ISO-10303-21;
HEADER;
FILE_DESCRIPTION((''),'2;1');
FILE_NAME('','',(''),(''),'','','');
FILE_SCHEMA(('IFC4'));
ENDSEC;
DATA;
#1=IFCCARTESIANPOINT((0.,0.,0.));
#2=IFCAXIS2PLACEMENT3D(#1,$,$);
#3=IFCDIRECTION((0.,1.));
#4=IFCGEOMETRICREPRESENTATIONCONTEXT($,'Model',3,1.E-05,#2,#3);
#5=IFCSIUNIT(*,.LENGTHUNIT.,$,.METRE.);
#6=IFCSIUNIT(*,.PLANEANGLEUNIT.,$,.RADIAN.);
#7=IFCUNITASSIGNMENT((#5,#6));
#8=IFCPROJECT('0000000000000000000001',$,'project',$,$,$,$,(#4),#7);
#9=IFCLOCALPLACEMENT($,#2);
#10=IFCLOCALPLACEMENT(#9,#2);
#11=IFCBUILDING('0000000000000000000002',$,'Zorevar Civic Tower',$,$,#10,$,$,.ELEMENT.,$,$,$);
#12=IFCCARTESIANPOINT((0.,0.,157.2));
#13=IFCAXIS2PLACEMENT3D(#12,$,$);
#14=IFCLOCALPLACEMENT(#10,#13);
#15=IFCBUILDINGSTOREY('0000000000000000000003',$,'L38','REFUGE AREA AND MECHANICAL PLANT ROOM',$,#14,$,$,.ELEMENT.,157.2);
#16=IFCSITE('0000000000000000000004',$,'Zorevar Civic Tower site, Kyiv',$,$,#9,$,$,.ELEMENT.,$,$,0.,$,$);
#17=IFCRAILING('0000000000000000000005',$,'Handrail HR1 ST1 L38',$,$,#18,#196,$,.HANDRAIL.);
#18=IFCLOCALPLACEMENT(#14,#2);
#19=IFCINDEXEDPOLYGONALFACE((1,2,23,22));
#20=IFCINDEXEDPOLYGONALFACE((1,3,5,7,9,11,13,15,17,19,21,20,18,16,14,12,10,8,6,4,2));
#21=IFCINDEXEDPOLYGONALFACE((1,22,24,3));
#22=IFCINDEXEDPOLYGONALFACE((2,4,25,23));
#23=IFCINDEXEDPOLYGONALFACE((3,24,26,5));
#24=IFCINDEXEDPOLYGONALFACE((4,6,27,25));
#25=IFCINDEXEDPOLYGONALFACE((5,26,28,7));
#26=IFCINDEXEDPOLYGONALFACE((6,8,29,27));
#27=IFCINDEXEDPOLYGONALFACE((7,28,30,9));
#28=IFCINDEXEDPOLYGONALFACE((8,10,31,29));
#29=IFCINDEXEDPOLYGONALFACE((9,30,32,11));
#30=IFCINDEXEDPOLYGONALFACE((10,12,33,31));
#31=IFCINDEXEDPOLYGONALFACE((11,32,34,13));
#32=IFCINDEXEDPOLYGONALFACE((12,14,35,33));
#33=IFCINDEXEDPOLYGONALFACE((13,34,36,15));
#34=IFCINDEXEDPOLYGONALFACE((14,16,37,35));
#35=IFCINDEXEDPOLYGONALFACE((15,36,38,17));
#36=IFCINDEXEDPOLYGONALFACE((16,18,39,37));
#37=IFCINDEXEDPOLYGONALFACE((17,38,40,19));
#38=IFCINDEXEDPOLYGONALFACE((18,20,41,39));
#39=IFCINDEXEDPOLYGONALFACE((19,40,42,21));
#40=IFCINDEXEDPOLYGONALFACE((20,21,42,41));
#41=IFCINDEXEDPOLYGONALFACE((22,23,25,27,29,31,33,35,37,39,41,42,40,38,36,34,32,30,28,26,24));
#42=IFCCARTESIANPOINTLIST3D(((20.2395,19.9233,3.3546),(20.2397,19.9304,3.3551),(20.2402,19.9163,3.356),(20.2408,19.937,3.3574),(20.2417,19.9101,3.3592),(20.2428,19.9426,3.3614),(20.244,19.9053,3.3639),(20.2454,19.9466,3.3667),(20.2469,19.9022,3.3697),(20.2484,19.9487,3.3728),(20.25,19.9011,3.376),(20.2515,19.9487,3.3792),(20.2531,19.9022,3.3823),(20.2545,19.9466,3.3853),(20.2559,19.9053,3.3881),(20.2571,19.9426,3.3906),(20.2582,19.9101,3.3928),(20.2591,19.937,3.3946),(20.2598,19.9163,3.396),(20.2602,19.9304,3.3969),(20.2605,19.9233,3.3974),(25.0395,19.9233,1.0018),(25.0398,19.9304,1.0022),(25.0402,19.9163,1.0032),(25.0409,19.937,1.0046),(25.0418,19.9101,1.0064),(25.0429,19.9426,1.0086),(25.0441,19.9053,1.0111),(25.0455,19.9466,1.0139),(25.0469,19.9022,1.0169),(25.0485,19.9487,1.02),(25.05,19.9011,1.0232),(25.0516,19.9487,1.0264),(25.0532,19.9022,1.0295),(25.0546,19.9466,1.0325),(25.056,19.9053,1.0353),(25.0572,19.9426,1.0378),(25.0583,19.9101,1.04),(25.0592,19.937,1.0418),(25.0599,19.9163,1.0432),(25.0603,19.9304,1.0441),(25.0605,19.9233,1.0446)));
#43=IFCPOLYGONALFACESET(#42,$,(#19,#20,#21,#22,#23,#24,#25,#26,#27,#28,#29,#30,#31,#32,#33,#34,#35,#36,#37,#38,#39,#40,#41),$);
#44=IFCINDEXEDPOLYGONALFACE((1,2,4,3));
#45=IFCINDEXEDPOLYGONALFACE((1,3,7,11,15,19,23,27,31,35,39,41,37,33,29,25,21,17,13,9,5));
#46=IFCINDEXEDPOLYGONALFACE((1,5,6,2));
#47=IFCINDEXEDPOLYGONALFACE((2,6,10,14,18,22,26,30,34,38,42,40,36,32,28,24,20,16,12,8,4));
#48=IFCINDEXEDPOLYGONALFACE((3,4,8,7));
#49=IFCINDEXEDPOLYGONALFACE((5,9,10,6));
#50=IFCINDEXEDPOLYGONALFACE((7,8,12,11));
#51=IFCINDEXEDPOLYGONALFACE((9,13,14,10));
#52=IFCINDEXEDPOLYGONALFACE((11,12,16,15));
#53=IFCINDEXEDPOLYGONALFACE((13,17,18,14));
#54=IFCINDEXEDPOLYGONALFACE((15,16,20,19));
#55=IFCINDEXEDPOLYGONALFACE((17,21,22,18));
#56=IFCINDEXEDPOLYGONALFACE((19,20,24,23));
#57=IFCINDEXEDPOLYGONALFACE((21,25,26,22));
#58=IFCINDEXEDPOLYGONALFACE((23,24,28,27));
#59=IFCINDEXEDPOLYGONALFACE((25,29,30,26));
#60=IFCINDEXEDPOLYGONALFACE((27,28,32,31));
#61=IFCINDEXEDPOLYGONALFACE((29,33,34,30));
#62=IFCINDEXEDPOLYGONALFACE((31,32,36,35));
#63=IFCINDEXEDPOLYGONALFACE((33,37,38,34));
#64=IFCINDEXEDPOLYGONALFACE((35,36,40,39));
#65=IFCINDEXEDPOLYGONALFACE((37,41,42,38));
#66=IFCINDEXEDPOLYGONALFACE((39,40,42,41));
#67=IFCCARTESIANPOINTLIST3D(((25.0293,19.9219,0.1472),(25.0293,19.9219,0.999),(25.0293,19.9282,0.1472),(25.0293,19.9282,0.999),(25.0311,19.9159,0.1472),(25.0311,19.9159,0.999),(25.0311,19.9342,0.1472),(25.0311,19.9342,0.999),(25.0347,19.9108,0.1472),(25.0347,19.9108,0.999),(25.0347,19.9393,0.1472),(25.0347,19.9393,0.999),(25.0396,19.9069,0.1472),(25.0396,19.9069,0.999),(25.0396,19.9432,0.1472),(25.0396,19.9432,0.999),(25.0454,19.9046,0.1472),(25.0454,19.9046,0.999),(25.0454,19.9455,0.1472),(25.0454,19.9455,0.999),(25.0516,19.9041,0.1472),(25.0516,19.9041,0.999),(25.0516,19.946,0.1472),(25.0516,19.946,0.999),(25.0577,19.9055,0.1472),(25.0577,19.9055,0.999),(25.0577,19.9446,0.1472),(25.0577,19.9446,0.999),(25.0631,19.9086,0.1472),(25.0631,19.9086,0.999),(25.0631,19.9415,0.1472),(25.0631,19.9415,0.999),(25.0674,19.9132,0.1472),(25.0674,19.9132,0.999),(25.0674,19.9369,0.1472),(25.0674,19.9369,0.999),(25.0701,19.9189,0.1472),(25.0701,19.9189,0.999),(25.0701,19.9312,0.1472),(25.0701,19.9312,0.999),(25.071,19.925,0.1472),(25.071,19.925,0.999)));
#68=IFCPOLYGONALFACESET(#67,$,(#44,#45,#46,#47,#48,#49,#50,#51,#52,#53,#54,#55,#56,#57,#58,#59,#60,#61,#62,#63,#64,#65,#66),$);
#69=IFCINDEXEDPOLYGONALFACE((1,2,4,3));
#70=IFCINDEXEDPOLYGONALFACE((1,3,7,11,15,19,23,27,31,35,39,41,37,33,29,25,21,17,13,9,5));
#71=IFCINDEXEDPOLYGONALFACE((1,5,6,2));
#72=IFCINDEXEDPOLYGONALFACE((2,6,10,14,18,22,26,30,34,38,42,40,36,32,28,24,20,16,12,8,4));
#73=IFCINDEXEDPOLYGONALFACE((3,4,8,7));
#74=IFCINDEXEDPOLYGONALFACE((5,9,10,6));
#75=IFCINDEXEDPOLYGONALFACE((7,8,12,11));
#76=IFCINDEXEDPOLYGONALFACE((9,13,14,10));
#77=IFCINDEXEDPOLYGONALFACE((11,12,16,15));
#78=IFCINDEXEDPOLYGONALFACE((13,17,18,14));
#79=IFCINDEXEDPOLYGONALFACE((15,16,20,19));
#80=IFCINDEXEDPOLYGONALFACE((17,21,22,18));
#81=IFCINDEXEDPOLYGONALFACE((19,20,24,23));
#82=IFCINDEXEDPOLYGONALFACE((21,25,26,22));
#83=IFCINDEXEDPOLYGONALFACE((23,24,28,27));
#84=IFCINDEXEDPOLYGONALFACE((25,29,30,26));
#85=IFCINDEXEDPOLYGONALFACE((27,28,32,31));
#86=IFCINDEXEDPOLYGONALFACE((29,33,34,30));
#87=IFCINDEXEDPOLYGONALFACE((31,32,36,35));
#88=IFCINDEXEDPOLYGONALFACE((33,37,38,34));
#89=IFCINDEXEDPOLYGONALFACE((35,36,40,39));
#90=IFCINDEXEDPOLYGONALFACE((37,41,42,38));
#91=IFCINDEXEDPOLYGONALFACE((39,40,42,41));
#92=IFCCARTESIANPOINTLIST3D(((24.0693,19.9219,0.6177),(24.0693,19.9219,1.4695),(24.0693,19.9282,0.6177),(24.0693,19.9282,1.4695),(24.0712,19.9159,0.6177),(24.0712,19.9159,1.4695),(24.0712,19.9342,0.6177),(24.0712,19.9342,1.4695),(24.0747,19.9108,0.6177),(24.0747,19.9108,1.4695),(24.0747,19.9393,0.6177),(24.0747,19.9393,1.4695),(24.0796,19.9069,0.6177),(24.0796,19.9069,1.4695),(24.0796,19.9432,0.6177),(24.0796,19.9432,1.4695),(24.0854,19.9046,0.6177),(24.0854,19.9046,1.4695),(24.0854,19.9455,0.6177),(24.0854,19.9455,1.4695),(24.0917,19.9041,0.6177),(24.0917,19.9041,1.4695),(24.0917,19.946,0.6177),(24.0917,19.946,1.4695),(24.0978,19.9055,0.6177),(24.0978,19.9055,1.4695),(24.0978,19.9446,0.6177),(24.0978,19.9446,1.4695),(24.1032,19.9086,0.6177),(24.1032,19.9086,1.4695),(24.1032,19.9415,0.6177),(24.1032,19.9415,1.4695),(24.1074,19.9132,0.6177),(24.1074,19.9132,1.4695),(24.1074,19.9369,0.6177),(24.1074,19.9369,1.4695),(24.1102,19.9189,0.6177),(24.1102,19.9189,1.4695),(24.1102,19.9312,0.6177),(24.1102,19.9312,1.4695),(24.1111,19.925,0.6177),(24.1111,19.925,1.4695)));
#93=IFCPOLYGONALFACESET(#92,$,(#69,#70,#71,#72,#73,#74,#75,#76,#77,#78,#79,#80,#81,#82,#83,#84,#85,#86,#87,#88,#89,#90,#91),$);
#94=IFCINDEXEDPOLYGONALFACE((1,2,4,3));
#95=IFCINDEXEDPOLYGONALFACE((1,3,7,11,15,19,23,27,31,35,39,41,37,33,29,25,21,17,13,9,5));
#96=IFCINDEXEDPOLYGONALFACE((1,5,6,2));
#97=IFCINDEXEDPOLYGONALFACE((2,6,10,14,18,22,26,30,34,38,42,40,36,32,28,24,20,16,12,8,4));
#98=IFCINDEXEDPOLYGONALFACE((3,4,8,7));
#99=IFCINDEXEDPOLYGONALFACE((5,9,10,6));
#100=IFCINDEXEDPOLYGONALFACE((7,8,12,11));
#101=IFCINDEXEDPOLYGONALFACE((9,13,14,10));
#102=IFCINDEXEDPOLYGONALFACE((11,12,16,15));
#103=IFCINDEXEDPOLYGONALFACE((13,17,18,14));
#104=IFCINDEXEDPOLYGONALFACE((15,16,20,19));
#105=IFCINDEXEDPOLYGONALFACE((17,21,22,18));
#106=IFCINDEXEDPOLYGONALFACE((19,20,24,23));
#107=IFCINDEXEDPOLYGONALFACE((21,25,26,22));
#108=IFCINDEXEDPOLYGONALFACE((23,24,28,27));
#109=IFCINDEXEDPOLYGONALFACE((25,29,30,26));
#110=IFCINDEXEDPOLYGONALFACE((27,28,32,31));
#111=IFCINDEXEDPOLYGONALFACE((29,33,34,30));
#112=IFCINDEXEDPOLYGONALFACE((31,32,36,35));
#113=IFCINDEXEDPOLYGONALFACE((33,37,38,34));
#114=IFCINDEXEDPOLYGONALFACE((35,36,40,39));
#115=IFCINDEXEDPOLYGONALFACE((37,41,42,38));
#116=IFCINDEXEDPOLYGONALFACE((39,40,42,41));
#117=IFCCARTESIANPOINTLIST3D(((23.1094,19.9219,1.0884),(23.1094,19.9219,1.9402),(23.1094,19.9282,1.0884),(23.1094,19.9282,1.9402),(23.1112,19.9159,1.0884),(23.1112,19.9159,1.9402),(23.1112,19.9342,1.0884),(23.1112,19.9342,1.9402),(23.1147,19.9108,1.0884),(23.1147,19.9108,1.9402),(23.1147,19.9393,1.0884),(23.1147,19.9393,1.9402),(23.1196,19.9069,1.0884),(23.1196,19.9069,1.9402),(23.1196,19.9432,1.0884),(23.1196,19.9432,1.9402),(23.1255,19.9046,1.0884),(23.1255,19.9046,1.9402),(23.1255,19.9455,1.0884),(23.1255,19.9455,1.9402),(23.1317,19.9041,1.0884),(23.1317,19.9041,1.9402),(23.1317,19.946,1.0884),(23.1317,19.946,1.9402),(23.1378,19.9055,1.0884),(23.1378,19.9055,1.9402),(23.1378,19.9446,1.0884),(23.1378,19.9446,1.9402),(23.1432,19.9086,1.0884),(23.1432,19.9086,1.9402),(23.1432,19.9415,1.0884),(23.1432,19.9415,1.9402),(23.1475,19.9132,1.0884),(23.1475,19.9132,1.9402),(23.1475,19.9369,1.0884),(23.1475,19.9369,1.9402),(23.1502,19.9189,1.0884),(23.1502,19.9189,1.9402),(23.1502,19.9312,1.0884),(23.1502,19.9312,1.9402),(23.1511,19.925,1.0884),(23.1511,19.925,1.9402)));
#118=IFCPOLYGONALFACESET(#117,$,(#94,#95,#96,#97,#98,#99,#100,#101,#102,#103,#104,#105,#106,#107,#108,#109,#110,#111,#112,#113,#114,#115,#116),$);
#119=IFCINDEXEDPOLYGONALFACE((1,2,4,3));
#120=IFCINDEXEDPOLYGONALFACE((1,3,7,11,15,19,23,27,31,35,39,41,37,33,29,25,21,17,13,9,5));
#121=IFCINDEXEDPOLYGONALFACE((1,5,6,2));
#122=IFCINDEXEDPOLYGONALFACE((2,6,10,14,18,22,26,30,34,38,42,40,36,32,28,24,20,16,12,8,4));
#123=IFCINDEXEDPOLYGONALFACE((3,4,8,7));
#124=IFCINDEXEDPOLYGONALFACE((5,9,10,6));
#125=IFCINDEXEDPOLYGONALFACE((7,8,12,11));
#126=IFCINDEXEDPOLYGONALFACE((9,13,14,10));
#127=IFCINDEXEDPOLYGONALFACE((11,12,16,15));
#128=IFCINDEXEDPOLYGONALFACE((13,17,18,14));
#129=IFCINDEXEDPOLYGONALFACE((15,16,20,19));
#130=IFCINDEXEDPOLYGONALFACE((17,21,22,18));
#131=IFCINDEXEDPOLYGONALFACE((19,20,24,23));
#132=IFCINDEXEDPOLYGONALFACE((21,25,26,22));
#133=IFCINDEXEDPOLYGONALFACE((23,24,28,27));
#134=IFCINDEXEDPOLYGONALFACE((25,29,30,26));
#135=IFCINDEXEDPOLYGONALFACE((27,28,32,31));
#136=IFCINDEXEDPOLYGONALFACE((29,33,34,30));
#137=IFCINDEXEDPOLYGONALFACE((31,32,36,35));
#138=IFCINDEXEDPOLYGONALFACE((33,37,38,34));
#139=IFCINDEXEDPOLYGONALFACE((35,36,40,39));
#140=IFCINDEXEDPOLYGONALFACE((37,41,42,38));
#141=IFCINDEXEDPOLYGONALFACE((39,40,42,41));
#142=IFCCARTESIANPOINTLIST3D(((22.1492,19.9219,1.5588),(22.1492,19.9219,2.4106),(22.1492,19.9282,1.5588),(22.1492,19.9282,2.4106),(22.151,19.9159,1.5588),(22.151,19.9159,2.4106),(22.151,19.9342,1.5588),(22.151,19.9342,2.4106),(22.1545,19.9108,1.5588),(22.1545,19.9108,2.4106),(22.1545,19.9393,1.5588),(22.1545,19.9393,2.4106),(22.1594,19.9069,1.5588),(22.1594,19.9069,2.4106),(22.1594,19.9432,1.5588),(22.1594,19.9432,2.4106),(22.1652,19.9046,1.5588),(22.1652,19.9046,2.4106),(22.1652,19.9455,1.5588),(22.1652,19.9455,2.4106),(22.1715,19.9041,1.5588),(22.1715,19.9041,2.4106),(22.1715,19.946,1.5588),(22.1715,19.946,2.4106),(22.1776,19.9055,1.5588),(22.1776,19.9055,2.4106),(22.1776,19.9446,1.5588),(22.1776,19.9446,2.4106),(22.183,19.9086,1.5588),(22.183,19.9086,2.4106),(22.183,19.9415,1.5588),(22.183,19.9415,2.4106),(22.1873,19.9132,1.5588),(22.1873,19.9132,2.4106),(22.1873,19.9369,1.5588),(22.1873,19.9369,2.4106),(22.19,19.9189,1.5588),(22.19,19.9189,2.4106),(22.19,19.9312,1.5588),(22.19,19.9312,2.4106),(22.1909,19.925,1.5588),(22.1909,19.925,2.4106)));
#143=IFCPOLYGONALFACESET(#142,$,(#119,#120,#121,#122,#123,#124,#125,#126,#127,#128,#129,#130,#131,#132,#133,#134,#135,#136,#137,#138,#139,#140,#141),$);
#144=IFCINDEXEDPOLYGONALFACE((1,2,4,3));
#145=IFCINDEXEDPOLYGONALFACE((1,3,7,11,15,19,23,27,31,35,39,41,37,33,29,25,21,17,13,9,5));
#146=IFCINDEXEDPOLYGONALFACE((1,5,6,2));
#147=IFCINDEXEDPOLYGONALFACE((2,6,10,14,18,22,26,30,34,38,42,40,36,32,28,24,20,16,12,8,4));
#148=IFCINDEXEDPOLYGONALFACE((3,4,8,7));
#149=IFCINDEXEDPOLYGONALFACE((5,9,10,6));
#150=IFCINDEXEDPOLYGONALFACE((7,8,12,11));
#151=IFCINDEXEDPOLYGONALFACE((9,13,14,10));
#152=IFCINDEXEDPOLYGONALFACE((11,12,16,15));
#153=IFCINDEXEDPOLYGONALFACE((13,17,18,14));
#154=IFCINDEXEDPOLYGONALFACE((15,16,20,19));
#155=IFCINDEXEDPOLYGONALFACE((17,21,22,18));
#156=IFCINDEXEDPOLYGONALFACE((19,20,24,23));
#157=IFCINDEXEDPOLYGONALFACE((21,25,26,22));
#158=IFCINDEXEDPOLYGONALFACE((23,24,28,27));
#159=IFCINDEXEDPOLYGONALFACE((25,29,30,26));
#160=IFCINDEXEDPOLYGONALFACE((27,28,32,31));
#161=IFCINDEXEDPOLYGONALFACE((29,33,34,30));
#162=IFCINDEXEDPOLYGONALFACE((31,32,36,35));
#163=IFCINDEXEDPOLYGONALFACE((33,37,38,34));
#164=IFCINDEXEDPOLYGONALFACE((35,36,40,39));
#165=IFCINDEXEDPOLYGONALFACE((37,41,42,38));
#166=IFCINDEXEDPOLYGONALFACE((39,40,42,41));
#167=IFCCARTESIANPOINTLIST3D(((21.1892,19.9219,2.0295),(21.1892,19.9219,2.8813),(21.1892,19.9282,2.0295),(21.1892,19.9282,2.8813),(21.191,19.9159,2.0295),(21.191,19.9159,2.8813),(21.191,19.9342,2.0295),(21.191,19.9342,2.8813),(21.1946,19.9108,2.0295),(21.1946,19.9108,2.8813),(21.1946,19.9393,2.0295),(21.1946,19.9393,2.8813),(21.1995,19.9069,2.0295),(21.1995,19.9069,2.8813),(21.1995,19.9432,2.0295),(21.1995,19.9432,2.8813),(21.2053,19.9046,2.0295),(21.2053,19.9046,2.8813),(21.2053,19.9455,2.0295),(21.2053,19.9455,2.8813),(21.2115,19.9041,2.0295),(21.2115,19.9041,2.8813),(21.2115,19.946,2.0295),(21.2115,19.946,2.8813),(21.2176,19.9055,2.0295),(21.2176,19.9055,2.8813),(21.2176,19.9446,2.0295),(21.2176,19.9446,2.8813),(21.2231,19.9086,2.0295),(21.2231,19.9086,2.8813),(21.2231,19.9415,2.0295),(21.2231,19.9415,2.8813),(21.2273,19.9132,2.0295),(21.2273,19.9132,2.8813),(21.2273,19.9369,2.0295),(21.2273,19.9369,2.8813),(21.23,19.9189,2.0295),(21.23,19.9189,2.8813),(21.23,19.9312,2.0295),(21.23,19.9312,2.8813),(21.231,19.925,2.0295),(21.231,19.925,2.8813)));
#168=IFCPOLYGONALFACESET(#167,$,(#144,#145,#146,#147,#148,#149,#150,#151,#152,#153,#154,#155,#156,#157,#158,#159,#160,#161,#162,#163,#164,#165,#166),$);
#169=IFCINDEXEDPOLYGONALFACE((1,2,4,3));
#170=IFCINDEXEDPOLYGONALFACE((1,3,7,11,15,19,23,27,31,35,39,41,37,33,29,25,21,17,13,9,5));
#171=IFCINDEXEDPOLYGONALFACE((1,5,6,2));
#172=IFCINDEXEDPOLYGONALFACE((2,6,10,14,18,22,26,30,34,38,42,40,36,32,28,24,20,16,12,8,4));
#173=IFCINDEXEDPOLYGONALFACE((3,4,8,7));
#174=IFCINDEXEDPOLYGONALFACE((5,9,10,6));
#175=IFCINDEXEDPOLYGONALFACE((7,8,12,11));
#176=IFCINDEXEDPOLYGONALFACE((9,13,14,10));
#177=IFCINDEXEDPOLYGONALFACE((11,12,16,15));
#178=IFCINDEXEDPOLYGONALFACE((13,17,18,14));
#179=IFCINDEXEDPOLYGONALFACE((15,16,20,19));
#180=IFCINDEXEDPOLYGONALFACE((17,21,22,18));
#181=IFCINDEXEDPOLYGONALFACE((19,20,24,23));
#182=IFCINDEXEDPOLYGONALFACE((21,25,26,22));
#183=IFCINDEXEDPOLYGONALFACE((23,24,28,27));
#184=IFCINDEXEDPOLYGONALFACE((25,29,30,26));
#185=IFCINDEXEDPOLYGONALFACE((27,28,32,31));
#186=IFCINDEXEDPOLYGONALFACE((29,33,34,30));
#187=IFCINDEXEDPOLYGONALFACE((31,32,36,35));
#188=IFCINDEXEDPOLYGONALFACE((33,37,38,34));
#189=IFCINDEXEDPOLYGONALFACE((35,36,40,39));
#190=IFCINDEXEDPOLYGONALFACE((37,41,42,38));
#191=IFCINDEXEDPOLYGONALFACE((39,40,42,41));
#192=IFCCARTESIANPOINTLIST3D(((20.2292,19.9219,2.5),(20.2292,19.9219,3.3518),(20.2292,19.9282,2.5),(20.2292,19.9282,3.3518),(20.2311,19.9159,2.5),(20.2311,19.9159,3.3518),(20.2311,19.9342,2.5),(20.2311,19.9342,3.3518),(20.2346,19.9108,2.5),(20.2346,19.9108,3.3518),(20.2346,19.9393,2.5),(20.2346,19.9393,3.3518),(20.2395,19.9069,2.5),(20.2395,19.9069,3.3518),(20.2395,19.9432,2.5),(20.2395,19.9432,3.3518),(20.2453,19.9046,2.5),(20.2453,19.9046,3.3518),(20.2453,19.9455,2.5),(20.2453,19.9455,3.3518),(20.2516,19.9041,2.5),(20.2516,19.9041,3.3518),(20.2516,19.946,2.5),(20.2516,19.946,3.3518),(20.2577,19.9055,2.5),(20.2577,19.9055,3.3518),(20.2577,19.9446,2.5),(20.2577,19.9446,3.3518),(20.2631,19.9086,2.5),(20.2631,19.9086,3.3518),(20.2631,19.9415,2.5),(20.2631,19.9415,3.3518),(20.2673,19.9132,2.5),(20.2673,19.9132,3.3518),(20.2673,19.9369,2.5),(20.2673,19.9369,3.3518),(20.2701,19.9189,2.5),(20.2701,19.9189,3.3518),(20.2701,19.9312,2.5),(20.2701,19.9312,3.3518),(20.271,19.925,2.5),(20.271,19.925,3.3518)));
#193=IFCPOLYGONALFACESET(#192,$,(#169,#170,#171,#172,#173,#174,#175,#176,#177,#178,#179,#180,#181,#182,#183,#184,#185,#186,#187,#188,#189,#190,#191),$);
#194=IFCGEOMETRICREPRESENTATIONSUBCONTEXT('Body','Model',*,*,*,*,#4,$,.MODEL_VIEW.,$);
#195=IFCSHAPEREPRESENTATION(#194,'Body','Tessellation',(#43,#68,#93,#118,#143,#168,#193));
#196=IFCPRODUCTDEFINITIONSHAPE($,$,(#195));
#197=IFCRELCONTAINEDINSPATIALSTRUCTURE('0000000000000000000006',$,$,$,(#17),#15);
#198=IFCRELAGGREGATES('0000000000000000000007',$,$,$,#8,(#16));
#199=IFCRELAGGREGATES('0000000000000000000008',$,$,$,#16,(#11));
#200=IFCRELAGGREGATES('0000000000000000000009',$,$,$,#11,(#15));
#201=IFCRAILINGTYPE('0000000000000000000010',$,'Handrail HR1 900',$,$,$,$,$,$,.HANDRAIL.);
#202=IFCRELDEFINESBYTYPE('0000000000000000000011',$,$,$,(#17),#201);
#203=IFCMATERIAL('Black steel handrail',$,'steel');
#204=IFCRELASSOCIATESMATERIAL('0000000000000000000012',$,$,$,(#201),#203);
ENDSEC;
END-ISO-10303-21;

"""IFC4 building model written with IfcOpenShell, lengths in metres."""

from ifc_helpers import new_model, si_unit, direction, frame, origin, origin_2d, place, context, subcontext, project, spatial, circle, extrude, material, type_object, element, save


model = new_model("IFC4")

# Units and contexts
model_context = context("Model", 3, precision=1e-05, world=origin(), true_north=direction((0.0, 1.0)))
body_context = subcontext(model_context, "Body", "Model", "MODEL_VIEW")
ifc_project = project(units=[si_unit("LENGTHUNIT", "METRE"), si_unit("PLANEANGLEUNIT", "RADIAN")], contexts=[model_context])

# Site, building, storey
site_placement = place(None, origin())
site = spatial("IfcSite", under=ifc_project, at=site_placement, Name="Zorevar Civic Tower site, Kyiv", CompositionType="ELEMENT", RefElevation=0.0)
building_placement = place(site_placement, origin())
building = spatial("IfcBuilding", under=site, at=building_placement, Name="Zorevar Civic Tower", CompositionType="ELEMENT")
storey_placement = place(building_placement, frame((0.0, 0.0, 157.2)))
storey = spatial("IfcBuildingStorey", under=building, at=storey_placement, Name="L38", Description="REFUGE AREA AND MECHANICAL PLANT ROOM", CompositionType="ELEMENT", Elevation=157.2)

# Railing
ifc_material_1 = material(Name="Black steel handrail", Category="steel")
railing_type = type_object("IfcRailingType", Name="Handrail HR1 900", PredefinedType="HANDRAIL", material=ifc_material_1)
railing_placement = place(storey_placement, frame((25.05, 19.925, 0.1472)))
element("IfcRailing", 1, at=railing_placement, inside=storey, type_object=railing_type, Name="Handrail HR1 ST1 L38", PredefinedType="HANDRAIL", context=body_context, shape_type="SweptSolid", body=[
    extrude(circle(Radius=0.0239, at=origin_2d()), frame((0.0, 0.0, 0.876), z_axis=(-0.897934, 0.0, 0.44013), x_axis=(0.0, -1.0, 0.0)), (0.0, 0.0, 1.0), 5.3457),
    extrude(circle(Radius=0.021, at=origin_2d()), origin(), (0.0, 0.0, 1.0), 0.8518),
    extrude(circle(Radius=0.021, at=origin_2d()), frame((-0.96, 0.0, 0.4705)), (0.0, 0.0, 1.0), 0.8518),
    extrude(circle(Radius=0.021, at=origin_2d()), frame((-1.9199, 0.0, 0.9412)), (0.0, 0.0, 1.0), 0.8518),
    extrude(circle(Radius=0.021, at=origin_2d()), frame((-2.8801, 0.0, 1.4116)), (0.0, 0.0, 1.0), 0.8518),
    extrude(circle(Radius=0.021, at=origin_2d()), frame((-3.8401, 0.0, 1.8823)), (0.0, 0.0, 1.0), 0.8518),
    extrude(circle(Radius=0.021, at=origin_2d()), frame((-4.8, 0.0, 2.3528)), (0.0, 0.0, 1.0), 0.8518),
])

save(model, "model.ifc")
